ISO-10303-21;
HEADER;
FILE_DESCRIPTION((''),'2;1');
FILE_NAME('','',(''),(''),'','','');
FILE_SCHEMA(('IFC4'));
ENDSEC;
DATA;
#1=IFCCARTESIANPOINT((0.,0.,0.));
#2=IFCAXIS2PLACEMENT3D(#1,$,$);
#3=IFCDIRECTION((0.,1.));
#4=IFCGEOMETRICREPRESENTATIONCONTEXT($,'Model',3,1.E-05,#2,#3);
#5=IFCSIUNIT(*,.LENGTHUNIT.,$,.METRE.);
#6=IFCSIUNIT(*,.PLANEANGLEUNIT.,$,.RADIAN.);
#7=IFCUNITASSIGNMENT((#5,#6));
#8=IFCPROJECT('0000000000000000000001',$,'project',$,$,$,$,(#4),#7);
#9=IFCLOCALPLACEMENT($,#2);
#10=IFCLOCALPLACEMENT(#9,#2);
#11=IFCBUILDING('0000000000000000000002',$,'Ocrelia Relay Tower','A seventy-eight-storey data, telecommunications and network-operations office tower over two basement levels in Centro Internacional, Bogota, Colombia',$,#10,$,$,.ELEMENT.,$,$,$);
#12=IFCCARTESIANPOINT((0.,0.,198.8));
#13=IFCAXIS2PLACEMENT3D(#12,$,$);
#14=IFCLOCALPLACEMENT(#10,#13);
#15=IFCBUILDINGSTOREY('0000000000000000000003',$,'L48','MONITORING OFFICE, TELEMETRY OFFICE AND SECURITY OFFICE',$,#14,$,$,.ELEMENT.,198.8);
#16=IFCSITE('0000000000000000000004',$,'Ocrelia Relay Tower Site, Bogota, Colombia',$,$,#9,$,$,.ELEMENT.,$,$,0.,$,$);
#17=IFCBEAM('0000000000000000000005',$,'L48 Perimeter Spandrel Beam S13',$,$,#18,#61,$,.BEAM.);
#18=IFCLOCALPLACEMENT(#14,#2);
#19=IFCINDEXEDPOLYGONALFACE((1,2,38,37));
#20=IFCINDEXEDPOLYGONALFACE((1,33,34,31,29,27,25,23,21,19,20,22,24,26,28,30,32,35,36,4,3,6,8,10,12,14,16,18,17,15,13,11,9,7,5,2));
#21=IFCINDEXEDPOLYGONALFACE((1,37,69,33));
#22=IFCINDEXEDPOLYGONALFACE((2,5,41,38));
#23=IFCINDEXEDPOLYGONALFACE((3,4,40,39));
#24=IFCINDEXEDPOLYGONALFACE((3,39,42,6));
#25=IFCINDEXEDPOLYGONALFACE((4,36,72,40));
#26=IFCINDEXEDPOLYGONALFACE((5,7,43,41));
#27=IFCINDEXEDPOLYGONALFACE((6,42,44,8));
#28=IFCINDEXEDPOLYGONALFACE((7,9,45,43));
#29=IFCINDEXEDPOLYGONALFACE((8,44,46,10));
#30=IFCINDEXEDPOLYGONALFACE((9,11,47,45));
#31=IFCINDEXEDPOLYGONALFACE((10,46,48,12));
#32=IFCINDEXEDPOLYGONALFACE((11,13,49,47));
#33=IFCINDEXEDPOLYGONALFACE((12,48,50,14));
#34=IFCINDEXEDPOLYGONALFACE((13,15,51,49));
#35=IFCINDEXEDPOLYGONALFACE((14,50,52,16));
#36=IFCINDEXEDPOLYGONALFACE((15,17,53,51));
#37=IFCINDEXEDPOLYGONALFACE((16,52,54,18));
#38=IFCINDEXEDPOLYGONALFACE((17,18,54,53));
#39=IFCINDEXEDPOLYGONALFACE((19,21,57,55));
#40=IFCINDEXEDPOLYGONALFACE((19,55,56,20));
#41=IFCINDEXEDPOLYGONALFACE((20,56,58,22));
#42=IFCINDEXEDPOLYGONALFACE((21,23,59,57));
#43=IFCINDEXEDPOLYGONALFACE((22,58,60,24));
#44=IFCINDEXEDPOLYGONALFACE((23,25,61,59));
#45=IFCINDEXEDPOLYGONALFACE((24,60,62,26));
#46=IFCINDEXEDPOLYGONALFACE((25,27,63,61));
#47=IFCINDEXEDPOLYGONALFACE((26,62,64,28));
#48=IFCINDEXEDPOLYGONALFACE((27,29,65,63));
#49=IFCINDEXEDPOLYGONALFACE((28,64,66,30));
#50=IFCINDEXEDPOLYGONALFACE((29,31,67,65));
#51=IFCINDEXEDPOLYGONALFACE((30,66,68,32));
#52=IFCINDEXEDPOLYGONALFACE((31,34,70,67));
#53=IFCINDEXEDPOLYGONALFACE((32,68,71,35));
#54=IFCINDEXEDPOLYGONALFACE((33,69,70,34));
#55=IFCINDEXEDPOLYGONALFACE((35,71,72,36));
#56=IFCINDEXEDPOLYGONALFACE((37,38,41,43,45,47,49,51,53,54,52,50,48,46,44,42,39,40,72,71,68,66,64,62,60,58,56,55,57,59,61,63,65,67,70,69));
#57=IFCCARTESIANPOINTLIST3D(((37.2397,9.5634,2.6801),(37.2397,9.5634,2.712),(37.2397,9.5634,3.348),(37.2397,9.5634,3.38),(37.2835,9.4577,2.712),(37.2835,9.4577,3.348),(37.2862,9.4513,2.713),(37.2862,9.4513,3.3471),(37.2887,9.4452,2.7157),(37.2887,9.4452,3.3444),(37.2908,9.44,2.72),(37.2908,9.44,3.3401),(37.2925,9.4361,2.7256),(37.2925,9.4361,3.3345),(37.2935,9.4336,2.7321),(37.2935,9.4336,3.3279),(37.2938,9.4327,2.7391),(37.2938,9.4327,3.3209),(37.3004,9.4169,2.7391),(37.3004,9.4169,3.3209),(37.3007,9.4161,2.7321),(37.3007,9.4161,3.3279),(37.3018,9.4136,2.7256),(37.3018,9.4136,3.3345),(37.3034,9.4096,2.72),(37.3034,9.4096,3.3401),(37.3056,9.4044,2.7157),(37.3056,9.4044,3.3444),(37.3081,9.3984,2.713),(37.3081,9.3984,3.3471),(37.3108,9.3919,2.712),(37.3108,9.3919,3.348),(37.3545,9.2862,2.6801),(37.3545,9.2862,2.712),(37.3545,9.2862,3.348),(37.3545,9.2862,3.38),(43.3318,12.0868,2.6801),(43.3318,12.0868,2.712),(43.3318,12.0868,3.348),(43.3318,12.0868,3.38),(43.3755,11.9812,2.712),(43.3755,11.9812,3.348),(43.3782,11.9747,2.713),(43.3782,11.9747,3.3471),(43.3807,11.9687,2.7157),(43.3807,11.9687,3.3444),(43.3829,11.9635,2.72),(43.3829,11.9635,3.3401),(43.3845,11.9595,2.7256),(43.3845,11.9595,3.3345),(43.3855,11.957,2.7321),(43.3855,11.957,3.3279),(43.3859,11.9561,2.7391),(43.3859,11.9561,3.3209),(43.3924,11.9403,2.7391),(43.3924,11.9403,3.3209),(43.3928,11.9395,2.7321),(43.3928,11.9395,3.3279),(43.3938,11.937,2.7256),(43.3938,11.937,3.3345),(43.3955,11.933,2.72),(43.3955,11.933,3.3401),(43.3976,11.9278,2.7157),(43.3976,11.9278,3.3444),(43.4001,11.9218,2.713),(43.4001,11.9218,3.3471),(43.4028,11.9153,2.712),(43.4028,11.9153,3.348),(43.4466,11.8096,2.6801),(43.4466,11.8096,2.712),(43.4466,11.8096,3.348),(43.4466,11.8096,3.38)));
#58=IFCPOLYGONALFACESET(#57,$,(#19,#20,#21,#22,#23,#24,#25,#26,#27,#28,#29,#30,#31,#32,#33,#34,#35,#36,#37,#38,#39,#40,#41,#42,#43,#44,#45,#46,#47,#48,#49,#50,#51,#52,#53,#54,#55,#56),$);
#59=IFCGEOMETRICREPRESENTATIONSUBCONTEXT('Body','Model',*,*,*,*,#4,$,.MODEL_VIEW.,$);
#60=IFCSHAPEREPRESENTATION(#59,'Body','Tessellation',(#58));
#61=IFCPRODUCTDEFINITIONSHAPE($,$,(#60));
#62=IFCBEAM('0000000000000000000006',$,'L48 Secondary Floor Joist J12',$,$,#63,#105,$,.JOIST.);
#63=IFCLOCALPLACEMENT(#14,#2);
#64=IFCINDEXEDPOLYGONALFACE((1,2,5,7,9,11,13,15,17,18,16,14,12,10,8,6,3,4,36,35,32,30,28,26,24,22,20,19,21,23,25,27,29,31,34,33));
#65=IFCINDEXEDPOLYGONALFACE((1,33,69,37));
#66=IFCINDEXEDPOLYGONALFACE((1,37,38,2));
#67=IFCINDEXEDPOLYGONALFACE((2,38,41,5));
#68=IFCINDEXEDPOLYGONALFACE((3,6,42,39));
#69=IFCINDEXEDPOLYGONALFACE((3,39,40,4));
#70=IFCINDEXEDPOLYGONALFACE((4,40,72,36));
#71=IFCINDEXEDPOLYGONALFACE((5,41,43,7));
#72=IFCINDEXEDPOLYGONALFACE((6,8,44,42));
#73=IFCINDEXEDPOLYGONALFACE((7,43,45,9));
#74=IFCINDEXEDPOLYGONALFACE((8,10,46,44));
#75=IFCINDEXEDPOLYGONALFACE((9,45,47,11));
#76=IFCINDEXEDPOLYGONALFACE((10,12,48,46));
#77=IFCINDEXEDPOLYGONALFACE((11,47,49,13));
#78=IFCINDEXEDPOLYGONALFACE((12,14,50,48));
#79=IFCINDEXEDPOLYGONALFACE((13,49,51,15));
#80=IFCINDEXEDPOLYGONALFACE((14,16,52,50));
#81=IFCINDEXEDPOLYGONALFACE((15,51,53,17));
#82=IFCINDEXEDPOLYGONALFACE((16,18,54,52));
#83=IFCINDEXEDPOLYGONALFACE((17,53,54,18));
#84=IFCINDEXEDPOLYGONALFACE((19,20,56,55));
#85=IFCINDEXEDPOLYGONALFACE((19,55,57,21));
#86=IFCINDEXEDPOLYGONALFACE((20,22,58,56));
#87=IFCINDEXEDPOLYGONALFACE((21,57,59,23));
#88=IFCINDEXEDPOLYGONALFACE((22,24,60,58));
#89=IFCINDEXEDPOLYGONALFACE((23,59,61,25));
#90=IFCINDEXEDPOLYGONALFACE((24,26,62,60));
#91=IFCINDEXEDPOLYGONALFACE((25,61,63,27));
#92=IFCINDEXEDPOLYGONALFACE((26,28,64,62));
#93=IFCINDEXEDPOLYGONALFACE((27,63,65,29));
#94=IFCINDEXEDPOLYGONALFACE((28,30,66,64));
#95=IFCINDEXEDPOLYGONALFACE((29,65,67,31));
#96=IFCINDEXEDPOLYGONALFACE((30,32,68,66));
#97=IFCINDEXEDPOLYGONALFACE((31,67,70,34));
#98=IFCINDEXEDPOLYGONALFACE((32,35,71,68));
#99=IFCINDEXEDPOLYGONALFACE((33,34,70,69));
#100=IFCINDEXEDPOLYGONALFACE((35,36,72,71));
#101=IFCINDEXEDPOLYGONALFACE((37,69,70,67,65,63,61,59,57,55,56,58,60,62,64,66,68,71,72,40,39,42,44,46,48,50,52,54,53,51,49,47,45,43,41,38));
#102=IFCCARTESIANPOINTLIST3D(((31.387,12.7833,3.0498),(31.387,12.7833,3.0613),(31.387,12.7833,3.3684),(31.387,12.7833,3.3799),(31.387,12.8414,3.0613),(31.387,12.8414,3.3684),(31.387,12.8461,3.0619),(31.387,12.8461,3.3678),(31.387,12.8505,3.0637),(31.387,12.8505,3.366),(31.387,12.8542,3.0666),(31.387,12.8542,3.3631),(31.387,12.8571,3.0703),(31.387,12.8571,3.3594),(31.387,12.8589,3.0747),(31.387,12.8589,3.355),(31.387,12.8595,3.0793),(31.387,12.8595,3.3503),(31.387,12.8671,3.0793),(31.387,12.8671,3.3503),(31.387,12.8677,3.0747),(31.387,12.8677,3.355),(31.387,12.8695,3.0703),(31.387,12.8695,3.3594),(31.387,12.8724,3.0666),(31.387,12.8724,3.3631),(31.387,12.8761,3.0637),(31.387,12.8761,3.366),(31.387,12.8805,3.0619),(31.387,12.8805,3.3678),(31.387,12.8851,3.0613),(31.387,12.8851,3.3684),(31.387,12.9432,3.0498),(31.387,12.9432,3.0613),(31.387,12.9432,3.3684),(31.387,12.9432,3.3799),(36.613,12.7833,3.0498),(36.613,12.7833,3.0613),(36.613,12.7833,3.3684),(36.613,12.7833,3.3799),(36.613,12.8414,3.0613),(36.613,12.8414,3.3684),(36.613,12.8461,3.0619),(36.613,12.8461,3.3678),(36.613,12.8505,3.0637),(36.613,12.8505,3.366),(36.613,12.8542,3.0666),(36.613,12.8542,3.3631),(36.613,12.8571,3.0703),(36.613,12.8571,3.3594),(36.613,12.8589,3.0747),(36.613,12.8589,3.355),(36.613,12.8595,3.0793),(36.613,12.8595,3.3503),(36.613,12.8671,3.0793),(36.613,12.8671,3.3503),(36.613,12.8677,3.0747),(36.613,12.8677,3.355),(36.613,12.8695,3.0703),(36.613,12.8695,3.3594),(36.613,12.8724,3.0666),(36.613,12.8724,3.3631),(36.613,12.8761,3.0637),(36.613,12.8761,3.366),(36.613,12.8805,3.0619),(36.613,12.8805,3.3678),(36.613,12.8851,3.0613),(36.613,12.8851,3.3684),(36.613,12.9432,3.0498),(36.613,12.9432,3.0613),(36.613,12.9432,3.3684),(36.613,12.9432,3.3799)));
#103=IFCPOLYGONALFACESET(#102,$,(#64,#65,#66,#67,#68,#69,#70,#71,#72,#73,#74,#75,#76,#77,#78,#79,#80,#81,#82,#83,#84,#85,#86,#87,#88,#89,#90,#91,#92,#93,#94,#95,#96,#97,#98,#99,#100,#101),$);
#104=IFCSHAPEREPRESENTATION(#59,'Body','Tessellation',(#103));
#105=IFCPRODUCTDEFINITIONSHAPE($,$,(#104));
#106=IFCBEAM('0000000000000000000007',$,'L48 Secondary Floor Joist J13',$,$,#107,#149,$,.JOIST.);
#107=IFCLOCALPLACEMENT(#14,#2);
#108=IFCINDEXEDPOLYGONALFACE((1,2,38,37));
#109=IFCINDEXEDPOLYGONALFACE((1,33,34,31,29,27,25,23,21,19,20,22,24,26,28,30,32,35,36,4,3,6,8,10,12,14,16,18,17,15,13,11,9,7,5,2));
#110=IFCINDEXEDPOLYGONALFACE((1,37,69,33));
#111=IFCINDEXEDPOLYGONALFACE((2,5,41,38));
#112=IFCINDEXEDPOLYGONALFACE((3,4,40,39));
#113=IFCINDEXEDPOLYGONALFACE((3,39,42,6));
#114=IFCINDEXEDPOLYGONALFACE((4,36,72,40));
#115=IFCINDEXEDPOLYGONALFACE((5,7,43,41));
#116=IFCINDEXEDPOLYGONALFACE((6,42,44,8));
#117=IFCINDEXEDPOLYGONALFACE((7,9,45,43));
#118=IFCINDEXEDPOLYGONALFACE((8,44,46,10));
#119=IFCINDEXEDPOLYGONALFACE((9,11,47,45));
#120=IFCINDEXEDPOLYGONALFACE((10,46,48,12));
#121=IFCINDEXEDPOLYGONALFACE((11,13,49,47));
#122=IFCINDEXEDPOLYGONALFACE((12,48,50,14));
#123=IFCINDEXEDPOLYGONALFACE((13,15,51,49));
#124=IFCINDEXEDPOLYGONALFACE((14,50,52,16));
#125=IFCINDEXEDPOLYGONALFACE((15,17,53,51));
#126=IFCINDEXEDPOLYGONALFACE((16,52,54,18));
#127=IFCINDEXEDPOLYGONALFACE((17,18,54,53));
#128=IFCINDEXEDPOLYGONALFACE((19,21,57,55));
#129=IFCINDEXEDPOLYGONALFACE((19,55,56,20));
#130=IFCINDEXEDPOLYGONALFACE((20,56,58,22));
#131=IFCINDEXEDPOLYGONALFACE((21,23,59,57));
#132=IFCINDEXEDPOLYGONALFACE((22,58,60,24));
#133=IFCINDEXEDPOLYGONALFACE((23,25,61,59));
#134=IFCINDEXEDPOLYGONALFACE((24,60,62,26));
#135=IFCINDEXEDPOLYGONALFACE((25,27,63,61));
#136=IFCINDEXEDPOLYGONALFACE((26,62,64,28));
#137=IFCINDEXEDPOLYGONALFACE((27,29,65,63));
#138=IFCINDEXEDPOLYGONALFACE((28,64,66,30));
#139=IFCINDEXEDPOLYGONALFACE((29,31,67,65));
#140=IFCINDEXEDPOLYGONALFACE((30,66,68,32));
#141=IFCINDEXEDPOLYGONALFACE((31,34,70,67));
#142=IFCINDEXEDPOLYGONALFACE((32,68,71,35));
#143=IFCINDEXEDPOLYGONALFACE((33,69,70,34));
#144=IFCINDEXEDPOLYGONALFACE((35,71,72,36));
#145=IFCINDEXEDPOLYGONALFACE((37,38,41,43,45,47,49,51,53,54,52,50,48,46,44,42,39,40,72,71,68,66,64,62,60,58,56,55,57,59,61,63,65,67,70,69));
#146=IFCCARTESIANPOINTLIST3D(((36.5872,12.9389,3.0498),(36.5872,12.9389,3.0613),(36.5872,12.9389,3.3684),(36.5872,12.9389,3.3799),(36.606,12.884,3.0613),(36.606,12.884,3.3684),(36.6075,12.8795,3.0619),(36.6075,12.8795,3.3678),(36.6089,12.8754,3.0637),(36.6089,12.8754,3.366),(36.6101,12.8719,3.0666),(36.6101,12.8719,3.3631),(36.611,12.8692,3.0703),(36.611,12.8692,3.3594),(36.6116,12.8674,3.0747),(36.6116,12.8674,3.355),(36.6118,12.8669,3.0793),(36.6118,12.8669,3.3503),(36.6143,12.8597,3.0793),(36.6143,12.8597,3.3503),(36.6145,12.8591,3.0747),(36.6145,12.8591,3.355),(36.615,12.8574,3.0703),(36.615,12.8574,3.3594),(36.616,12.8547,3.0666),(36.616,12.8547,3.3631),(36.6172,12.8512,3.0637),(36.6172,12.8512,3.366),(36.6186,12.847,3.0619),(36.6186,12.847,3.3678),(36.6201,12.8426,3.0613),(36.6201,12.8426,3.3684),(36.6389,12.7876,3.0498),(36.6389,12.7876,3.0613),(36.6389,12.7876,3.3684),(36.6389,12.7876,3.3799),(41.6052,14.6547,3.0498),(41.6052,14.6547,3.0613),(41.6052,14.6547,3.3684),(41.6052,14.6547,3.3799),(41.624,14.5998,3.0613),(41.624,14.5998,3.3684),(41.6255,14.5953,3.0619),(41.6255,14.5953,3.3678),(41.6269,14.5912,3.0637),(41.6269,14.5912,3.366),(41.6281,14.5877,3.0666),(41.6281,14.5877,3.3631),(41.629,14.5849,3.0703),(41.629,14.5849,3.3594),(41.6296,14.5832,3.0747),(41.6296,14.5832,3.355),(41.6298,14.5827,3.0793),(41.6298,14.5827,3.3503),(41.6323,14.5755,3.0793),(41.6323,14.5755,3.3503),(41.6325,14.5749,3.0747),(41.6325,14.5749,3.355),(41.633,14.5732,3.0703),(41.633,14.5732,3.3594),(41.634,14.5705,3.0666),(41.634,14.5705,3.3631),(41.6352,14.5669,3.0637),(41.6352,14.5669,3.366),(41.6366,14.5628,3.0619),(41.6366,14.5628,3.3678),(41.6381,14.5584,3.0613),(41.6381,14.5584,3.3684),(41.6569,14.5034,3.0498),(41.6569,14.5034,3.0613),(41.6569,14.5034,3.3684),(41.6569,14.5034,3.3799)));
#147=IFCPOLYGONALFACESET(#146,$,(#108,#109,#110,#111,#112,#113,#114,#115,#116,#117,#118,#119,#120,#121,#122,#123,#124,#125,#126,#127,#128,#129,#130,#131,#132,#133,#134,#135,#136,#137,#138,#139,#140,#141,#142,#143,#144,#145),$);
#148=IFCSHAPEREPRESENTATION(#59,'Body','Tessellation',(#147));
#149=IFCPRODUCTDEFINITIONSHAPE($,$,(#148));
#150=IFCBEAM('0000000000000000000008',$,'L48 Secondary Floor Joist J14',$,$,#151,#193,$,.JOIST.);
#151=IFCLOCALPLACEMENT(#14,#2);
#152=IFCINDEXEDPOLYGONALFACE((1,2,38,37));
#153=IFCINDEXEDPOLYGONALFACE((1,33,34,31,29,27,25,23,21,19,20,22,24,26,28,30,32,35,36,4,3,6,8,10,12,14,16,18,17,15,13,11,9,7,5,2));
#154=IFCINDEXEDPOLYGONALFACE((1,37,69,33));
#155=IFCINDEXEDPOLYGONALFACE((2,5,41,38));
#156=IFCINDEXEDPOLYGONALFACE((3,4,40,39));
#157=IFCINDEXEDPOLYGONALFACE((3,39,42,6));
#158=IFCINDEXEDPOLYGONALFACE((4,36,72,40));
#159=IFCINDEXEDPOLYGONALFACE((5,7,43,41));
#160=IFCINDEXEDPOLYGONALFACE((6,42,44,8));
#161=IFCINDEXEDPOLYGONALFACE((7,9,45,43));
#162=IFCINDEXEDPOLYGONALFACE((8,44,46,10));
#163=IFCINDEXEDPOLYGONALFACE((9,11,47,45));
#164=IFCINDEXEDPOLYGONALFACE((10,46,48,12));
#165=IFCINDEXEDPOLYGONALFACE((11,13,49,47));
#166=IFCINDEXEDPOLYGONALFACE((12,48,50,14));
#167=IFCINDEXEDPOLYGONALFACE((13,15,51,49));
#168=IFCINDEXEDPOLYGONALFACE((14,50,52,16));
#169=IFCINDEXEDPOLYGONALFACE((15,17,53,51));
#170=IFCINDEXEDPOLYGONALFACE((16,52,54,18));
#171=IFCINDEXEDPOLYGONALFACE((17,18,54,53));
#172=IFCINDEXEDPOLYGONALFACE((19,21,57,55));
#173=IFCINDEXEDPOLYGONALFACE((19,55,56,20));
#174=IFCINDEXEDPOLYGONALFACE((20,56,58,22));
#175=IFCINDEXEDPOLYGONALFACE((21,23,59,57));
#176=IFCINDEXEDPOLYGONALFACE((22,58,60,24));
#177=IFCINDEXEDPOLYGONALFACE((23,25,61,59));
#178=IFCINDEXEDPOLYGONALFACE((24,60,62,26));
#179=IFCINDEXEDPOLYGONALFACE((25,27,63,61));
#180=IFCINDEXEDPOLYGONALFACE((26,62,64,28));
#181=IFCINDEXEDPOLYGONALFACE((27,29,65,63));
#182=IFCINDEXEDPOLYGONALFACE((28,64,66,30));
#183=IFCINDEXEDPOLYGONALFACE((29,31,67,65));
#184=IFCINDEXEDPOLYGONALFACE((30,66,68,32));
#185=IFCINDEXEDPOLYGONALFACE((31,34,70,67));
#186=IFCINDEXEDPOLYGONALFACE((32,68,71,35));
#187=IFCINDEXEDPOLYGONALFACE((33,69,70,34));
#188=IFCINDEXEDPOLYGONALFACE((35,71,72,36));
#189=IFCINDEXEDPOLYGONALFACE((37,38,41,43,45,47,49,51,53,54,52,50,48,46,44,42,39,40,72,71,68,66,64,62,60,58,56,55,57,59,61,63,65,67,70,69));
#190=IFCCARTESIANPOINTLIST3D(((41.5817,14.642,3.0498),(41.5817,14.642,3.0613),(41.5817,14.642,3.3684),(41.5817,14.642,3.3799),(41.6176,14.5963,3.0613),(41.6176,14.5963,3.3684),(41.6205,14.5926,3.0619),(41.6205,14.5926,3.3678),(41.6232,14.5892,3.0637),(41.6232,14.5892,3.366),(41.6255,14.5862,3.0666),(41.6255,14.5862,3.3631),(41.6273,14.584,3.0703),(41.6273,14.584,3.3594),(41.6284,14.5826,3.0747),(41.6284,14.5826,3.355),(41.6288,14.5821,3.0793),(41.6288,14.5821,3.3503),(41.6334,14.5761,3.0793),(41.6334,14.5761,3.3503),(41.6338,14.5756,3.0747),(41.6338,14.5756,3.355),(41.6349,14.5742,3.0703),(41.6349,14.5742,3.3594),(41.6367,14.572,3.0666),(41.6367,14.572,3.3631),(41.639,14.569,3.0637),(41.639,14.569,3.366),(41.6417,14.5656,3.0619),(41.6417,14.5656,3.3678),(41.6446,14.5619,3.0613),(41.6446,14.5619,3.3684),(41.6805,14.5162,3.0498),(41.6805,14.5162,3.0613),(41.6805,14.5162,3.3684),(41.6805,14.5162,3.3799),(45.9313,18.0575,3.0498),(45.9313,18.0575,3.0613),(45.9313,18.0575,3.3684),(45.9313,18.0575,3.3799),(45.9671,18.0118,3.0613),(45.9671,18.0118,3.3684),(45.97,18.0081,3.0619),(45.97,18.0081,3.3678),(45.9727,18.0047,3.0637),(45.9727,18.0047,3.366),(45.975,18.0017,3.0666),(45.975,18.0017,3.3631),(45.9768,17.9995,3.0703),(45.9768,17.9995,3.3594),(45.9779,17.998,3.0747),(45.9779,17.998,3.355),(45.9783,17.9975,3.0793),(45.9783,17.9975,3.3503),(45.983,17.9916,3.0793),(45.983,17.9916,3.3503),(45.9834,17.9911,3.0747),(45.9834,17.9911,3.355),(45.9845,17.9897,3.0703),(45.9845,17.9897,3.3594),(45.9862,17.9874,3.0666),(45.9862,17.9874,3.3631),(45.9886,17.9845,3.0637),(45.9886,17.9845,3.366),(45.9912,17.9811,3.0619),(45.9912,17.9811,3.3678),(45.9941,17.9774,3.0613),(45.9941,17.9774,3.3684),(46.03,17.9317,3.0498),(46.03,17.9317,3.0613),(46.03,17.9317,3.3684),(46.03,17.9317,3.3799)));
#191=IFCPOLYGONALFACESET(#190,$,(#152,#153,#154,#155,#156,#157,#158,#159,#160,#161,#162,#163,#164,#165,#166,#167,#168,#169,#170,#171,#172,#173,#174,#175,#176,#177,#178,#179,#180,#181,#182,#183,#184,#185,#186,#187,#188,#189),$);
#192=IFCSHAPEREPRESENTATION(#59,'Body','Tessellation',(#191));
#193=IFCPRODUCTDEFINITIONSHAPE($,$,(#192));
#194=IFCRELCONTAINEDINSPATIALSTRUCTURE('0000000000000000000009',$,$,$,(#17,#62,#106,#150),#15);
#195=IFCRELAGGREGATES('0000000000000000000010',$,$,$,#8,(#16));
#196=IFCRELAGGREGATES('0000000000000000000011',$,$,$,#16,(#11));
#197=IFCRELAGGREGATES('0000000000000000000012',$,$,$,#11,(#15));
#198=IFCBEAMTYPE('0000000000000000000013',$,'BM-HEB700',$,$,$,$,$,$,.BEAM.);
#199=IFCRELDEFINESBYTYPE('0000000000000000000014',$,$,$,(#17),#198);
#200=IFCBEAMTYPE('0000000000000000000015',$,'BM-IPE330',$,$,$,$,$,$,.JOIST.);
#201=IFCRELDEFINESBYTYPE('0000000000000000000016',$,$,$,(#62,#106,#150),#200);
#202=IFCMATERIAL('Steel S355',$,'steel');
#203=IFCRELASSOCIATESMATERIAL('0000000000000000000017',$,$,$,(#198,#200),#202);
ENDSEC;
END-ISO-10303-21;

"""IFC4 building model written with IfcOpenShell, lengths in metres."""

from ifc_helpers import new_model, si_unit, direction, frame, origin, origin_2d, place, context, subcontext, project, spatial, i_section, extrude, material, material_profile, profile_set, type_object, element, save


model = new_model("IFC4")

# Units and contexts
model_context = context("Model", 3, precision=1e-05, world=origin(), true_north=direction((0.0, 1.0)))
body_context = subcontext(model_context, "Body", "Model", "MODEL_VIEW")
ifc_project = project(units=[si_unit("LENGTHUNIT", "METRE"), si_unit("PLANEANGLEUNIT", "RADIAN")], contexts=[model_context])

# Site, building, storey
site_placement = place(None, origin())
site = spatial("IfcSite", under=ifc_project, at=site_placement, Name="Ocrelia Relay Tower Site, Bogota, Colombia", CompositionType="ELEMENT", RefElevation=0.0)
building_placement = place(site_placement, origin())
building = spatial("IfcBuilding", under=site, at=building_placement, Name="Ocrelia Relay Tower", Description="A seventy-eight-storey data, telecommunications and network-operations office tower over two basement levels in Centro Internacional, Bogota, Colombia", CompositionType="ELEMENT")
storey_placement = place(building_placement, frame((0.0, 0.0, 198.8)))
storey = spatial("IfcBuildingStorey", under=building, at=storey_placement, Name="L48", Description="MONITORING OFFICE, TELEMETRY OFFICE AND SECURITY OFFICE", CompositionType="ELEMENT", Elevation=198.8)

# Beams
ifc_material_1 = material(Name="Steel S355", Category="steel")
ifc_material_profile_1 = material_profile(ifc_material_1, i_section(OverallWidth=0.3, OverallDepth=0.7, WebThickness=0.0171, FlangeThickness=0.032, FilletRadius=0.0271, at=origin_2d()), Name="HEB 700")
ifc_profile_set_1 = profile_set([ifc_material_profile_1], Name="Steel S355")
beam_type_1 = type_object("IfcBeamType", Name="BM-HEB700", PredefinedType="BEAM", material=ifc_profile_set_1)
beam_1_placement = place(storey_placement, frame((37.2971, 9.4248, 3.03), z_axis=(0.923878, 0.382688, 0.0), x_axis=(-0.382688, 0.923878, 0.0)))
element("IfcBeam", 1, at=beam_1_placement, inside=storey, type_object=beam_type_1, Name="L48 Perimeter Spandrel Beam S13", PredefinedType="BEAM", context=body_context, shape_type="SweptSolid", body=[
    extrude(i_section(OverallWidth=0.3, OverallDepth=0.7, WebThickness=0.0171, FlangeThickness=0.032, FilletRadius=0.0271, at=origin_2d()), origin(), (0.0, 0.0, 1.0), 6.594),
])
ifc_material_profile_2 = material_profile(ifc_material_1, i_section(OverallWidth=0.1599, OverallDepth=0.3301, WebThickness=0.0076, FlangeThickness=0.0115, FilletRadius=0.0181, at=origin_2d()), Name="IPE 330")
ifc_profile_set_2 = profile_set([ifc_material_profile_2], Name="Steel S355")
beam_type_2 = type_object("IfcBeamType", Name="BM-IPE330", PredefinedType="JOIST", material=ifc_profile_set_2)
beam_2_placement = place(storey_placement, frame((31.387, 12.8633, 3.2148), z_axis=(1.0, 0.0, 0.0), x_axis=(0.0, 1.0, 0.0)))
element("IfcBeam", 2, at=beam_2_placement, inside=storey, type_object=beam_type_2, Name="L48 Secondary Floor Joist J12", PredefinedType="JOIST", context=body_context, shape_type="SweptSolid", body=[
    extrude(i_section(OverallWidth=0.1599, OverallDepth=0.3301, WebThickness=0.0076, FlangeThickness=0.0115, FilletRadius=0.0181, at=origin_2d()), origin(), (0.0, 0.0, 1.0), 5.2261),
])
beam_3_placement = place(storey_placement, frame((36.613, 12.8633, 3.2148), z_axis=(0.946215, 0.323538, 0.0), x_axis=(-0.323538, 0.946215, 0.0)))
element("IfcBeam", 3, at=beam_3_placement, inside=storey, type_object=beam_type_2, Name="L48 Secondary Floor Joist J13", PredefinedType="JOIST", context=body_context, shape_type="SweptSolid", body=[
    extrude(i_section(OverallWidth=0.1599, OverallDepth=0.3301, WebThickness=0.0076, FlangeThickness=0.0115, FilletRadius=0.0181, at=origin_2d()), origin(), (0.0, 0.0, 1.0), 5.3032),
])
beam_4_placement = place(storey_placement, frame((41.6311, 14.5791, 3.2148), z_axis=(0.786496, 0.617595, 0.0), x_axis=(-0.617595, 0.786496, 0.0)))
element("IfcBeam", 4, at=beam_4_placement, inside=storey, type_object=beam_type_2, Name="L48 Secondary Floor Joist J14", PredefinedType="JOIST", context=body_context, shape_type="SweptSolid", body=[
    extrude(i_section(OverallWidth=0.1599, OverallDepth=0.3301, WebThickness=0.0076, FlangeThickness=0.0115, FilletRadius=0.0181, at=origin_2d()), origin(), (0.0, 0.0, 1.0), 5.5303),
])

save(model, "model.ifc")
